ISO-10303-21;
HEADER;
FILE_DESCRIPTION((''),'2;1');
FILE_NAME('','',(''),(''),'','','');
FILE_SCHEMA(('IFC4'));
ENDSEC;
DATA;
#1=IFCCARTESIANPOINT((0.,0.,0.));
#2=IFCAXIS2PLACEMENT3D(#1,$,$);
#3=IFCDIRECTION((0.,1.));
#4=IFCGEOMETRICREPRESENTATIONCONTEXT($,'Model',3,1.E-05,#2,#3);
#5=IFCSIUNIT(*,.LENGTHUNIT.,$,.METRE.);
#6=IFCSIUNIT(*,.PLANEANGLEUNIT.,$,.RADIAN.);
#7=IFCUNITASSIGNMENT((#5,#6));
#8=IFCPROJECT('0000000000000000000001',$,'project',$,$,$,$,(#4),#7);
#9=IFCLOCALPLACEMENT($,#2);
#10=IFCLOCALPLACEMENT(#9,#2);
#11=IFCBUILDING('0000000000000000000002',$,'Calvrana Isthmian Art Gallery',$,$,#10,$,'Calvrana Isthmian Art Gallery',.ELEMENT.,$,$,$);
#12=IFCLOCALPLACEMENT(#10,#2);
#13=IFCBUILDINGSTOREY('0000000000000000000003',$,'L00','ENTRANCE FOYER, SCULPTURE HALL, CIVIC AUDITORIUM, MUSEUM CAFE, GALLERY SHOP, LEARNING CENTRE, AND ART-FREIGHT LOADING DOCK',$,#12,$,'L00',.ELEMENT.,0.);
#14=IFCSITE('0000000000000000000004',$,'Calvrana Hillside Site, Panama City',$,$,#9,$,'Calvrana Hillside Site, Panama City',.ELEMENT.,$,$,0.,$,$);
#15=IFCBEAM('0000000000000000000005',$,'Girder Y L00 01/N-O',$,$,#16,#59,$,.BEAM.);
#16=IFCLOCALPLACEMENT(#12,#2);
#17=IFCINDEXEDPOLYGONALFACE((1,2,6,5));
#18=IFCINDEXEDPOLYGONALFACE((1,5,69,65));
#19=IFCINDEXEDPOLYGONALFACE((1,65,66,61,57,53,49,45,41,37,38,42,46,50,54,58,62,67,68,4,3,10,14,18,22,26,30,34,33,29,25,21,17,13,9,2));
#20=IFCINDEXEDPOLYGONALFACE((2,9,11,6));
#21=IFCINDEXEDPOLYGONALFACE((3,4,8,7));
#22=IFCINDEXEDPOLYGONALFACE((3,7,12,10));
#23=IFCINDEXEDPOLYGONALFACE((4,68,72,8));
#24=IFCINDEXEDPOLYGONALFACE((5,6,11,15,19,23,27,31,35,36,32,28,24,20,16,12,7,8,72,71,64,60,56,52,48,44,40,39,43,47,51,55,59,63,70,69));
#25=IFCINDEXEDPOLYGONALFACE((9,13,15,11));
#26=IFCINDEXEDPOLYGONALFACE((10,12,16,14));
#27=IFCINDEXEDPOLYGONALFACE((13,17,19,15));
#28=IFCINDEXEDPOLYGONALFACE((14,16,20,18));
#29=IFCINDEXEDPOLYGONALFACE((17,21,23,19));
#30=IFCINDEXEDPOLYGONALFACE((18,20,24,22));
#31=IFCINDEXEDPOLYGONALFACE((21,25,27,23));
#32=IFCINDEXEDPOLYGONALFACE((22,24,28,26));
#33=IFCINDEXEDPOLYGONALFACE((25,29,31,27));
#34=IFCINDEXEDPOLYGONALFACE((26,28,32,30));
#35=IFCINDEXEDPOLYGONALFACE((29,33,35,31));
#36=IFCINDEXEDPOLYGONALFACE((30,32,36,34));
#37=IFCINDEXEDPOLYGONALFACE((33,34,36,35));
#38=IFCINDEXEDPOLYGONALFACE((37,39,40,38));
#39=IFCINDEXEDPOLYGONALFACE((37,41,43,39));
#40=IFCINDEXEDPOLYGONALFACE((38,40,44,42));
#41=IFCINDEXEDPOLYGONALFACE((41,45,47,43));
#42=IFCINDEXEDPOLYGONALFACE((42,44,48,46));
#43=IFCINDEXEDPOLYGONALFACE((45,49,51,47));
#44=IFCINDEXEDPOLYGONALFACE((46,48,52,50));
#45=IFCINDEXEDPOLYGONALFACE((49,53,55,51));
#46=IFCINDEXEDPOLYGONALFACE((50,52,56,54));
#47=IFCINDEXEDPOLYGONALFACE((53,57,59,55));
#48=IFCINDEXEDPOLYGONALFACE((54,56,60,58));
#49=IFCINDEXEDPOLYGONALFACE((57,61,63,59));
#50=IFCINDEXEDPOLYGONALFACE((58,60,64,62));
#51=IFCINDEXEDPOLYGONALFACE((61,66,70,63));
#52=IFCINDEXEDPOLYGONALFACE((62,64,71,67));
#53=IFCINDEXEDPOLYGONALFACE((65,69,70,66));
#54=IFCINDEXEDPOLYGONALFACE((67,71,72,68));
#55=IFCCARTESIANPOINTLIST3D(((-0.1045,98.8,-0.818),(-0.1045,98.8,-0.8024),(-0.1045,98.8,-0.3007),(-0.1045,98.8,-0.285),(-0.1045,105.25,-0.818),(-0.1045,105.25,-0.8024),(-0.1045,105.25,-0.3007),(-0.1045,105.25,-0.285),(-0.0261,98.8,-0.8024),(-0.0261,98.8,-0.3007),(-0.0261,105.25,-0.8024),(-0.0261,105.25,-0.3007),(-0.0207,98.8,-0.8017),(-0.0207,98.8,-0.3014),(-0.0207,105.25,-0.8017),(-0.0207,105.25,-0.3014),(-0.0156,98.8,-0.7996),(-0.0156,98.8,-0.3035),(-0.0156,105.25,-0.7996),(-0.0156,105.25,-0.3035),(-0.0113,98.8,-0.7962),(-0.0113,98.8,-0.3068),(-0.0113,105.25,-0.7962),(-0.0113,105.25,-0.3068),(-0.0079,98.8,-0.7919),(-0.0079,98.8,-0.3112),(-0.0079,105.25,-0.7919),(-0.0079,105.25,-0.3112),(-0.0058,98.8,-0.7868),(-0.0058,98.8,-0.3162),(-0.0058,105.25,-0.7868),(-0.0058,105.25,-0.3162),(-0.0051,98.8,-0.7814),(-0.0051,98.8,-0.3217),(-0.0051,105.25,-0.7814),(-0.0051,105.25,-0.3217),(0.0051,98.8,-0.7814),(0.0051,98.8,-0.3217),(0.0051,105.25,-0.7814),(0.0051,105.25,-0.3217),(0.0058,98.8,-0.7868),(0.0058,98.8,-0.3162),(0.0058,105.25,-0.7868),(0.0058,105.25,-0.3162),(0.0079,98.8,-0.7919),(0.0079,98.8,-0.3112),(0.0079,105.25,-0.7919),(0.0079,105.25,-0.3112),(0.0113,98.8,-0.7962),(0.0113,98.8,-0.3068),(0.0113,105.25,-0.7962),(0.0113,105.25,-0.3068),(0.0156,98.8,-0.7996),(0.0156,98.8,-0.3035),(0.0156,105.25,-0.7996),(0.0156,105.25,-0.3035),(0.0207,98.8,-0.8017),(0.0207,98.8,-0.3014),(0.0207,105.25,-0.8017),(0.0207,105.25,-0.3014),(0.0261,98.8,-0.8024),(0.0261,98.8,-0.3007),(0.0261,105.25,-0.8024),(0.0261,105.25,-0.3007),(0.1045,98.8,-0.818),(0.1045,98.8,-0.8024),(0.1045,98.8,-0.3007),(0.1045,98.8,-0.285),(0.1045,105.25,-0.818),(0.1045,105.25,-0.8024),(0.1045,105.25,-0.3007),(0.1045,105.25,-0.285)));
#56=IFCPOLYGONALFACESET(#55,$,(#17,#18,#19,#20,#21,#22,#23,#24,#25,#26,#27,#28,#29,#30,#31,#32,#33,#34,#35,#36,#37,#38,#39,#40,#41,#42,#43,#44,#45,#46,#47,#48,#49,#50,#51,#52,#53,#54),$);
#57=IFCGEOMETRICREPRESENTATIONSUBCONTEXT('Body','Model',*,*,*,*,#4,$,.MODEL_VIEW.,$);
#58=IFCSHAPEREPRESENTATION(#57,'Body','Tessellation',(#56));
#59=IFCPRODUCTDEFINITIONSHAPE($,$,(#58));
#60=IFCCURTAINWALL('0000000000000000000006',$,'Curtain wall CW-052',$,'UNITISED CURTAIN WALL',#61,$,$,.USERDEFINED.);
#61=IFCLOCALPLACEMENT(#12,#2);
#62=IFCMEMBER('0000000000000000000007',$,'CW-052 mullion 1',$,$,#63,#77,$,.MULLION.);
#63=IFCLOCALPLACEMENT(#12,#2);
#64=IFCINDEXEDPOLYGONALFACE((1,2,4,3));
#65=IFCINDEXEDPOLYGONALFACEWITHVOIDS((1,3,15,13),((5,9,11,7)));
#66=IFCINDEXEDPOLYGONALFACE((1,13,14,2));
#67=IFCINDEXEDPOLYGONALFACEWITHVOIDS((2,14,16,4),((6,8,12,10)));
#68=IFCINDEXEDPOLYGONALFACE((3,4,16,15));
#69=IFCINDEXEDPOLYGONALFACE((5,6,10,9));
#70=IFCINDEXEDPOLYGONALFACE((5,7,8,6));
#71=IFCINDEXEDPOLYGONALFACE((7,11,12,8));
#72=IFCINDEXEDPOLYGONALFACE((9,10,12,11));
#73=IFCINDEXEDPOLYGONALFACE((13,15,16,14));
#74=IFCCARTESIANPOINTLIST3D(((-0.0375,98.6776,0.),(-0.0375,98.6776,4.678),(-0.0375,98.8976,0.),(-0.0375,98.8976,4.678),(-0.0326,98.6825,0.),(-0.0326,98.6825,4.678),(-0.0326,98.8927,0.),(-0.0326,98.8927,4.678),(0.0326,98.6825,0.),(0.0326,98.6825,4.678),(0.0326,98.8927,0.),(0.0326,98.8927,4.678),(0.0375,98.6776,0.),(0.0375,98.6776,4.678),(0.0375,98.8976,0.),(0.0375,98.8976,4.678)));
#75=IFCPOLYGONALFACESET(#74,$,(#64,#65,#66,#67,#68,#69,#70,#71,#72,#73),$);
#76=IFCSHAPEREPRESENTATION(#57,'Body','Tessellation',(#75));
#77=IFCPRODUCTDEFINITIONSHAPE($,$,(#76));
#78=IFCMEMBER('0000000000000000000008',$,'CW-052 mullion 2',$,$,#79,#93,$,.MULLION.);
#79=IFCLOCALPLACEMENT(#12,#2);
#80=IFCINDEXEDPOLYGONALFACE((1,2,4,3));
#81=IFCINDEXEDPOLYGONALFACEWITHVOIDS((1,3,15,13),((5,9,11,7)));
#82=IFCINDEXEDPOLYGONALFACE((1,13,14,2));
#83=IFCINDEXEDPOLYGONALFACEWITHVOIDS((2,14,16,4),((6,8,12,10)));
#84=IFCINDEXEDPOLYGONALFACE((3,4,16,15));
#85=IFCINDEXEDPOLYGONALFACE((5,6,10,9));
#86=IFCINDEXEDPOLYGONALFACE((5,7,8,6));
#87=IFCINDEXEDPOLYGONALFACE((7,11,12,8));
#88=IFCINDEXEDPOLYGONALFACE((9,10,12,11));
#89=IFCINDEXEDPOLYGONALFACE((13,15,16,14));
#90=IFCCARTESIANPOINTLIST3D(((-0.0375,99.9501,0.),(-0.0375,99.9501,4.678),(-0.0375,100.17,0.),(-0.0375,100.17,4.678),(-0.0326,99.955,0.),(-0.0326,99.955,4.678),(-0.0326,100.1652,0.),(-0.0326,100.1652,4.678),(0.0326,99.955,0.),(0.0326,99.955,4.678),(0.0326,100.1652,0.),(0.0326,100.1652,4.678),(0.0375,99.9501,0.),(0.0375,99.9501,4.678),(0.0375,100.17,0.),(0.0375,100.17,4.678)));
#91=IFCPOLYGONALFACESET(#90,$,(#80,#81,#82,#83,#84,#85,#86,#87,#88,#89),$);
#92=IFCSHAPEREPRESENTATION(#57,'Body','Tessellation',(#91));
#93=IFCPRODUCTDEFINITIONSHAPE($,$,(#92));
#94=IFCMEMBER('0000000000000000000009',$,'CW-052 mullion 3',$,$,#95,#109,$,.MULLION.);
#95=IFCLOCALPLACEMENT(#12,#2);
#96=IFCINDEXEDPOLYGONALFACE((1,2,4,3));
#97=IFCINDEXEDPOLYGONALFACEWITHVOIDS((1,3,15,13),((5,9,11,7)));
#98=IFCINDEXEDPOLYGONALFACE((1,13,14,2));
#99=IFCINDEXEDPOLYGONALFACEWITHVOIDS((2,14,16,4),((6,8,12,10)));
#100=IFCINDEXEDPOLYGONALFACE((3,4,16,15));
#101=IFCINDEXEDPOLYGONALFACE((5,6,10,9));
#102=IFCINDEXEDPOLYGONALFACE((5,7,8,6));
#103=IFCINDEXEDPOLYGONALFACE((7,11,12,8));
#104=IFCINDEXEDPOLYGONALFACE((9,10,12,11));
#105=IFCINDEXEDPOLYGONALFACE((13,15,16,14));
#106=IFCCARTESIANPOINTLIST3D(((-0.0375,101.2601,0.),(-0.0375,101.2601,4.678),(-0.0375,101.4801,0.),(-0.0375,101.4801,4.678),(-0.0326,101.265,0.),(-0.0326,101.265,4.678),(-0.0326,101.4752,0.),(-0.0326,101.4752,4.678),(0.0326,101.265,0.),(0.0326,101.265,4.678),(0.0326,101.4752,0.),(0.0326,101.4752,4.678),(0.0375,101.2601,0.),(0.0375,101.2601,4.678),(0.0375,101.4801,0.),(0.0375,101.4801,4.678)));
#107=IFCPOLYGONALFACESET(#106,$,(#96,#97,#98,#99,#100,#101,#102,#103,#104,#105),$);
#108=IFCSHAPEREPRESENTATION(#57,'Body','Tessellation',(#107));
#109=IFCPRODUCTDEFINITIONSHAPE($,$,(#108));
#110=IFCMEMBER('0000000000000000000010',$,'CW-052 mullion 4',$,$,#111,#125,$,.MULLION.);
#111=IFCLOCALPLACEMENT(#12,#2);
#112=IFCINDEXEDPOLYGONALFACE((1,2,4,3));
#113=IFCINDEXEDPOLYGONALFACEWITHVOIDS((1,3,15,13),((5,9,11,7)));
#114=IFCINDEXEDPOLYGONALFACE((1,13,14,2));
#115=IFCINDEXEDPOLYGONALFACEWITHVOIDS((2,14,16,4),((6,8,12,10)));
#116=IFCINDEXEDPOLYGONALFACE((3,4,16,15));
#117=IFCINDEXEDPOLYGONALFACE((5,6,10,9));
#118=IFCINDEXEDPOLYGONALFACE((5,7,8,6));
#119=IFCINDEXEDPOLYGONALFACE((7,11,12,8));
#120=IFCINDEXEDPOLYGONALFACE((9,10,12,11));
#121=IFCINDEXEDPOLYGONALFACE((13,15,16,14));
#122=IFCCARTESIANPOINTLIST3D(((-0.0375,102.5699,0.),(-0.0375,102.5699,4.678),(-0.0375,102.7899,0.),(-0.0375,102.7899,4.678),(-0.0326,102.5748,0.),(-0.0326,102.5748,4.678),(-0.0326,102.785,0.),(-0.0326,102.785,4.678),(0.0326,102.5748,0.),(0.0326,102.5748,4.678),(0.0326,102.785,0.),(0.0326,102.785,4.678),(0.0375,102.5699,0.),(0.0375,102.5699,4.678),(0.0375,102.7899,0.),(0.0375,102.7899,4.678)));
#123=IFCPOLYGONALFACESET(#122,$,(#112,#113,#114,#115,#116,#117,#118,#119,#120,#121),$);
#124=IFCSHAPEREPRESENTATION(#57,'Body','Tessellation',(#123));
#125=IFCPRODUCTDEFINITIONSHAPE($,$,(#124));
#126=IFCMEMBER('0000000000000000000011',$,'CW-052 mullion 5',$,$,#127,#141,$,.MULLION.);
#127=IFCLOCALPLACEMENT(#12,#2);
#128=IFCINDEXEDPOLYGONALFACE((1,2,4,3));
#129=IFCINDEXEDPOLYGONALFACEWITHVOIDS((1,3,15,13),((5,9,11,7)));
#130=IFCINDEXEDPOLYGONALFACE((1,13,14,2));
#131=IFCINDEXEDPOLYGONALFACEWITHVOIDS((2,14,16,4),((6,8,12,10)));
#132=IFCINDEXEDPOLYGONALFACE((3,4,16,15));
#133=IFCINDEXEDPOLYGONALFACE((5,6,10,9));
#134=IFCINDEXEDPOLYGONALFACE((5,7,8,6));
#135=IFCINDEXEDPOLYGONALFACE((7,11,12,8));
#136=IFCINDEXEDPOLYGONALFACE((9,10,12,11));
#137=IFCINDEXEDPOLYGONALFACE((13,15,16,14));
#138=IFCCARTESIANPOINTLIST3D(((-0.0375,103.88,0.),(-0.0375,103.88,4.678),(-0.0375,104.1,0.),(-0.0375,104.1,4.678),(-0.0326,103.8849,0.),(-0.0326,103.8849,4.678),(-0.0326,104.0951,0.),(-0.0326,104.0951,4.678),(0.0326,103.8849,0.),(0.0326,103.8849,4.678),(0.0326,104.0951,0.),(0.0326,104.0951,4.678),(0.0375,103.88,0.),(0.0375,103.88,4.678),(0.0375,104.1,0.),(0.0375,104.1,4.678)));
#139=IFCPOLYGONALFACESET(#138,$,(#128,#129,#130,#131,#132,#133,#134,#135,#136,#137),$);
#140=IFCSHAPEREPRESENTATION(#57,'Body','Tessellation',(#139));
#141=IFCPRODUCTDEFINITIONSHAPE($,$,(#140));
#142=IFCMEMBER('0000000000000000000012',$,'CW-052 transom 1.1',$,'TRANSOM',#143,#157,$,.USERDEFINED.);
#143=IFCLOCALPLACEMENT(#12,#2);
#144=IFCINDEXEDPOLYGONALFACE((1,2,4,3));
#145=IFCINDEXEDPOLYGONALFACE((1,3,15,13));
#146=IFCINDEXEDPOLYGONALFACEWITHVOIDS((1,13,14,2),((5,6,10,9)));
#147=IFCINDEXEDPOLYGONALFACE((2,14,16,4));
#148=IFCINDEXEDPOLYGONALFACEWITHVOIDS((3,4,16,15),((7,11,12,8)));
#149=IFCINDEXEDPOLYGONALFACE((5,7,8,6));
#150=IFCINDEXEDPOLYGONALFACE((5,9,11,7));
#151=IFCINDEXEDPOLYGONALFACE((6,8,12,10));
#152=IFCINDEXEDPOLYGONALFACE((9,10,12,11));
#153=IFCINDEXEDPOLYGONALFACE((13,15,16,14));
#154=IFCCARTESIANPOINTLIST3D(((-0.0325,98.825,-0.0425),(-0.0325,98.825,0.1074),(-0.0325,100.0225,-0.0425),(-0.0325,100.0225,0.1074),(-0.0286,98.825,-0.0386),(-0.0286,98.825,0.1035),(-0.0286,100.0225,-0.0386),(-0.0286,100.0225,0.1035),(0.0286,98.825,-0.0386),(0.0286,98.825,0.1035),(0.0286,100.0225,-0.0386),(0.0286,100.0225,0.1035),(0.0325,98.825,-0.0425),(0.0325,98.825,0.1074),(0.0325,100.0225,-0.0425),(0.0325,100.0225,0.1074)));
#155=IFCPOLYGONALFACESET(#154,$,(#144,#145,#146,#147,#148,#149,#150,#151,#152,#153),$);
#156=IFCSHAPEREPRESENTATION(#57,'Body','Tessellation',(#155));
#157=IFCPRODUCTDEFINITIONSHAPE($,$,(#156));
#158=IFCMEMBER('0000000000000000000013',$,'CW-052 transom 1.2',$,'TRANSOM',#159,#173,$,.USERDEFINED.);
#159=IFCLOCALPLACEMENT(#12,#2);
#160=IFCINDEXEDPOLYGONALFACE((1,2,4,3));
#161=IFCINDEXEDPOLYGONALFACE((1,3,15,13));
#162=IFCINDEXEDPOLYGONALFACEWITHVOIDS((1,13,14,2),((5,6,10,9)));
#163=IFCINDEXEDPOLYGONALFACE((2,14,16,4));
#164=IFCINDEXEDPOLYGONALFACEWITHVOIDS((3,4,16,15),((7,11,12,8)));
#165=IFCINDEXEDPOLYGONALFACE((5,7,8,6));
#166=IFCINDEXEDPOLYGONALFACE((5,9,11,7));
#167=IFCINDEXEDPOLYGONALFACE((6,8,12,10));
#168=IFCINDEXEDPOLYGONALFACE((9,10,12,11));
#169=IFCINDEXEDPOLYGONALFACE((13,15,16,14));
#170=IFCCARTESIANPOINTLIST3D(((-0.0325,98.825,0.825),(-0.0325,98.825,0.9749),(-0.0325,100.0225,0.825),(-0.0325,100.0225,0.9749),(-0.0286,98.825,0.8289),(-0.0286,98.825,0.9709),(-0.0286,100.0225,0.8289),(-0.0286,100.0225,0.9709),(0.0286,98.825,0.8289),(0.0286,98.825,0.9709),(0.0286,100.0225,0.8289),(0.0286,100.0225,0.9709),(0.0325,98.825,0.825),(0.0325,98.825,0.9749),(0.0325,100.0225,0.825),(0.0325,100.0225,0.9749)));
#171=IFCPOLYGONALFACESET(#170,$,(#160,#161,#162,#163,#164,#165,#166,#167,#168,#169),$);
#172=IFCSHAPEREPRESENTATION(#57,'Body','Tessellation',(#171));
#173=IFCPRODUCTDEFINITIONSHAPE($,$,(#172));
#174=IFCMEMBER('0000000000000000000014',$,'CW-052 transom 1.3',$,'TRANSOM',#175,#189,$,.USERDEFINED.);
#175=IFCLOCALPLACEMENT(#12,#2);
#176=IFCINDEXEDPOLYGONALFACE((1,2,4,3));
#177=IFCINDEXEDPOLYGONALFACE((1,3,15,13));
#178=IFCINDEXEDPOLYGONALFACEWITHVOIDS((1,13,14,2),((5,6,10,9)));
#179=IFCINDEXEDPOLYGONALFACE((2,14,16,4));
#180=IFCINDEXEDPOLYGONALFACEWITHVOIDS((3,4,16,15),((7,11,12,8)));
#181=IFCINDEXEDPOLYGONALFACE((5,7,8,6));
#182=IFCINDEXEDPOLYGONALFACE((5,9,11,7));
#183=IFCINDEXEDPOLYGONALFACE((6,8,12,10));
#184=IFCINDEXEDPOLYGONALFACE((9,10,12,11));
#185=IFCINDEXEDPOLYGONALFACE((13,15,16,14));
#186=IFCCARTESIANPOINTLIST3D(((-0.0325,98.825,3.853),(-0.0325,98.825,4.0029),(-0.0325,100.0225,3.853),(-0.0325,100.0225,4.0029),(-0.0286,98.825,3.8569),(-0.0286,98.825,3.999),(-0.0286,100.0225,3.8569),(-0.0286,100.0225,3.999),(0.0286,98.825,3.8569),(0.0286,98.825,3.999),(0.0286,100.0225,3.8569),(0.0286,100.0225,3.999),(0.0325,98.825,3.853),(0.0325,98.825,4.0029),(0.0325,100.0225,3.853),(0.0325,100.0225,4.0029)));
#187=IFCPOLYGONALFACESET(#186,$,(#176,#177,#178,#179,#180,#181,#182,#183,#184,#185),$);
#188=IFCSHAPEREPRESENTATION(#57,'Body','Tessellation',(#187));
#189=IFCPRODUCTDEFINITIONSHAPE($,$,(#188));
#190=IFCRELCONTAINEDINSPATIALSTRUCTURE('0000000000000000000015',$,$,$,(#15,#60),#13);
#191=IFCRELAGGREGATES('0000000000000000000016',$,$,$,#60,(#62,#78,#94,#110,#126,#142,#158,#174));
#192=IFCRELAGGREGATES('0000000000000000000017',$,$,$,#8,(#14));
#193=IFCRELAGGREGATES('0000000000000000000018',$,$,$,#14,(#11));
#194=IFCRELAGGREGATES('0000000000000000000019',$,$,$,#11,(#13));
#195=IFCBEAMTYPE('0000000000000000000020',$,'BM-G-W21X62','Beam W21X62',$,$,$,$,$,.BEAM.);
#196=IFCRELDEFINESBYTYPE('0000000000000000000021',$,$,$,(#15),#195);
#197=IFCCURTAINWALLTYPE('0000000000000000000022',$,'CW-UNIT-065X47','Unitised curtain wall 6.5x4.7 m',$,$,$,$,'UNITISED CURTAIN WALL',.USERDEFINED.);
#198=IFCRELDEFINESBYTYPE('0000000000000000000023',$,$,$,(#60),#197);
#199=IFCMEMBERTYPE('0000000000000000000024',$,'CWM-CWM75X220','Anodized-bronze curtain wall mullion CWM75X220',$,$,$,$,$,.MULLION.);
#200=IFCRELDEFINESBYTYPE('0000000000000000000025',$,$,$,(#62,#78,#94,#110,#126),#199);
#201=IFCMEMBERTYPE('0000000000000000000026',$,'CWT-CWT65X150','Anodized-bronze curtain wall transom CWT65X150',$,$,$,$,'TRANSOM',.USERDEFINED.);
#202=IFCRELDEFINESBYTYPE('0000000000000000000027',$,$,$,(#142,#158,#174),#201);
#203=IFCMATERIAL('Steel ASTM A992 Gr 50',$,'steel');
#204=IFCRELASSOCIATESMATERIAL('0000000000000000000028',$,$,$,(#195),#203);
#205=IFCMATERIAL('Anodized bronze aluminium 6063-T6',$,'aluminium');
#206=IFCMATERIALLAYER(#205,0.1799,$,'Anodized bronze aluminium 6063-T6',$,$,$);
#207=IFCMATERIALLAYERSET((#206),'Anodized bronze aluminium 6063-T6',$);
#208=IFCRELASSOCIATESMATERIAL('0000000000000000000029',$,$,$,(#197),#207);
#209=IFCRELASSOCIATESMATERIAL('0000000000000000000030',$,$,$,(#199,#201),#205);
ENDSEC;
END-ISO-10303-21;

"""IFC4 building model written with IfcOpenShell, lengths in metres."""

from ifc_helpers import new_model, si_unit, direction, frame, origin, origin_2d, place, context, subcontext, project, spatial, hollow_rectangle, i_section, extrude, material, layer, layer_set, material_profile, profile_set, type_object, element, aggregate, save


model = new_model("IFC4")

# Units and contexts
model_context = context("Model", 3, precision=1e-05, world=origin(), true_north=direction((0.0, 1.0)))
body_context = subcontext(model_context, "Body", "Model", "MODEL_VIEW")
ifc_project = project(units=[si_unit("LENGTHUNIT", "METRE"), si_unit("PLANEANGLEUNIT", "RADIAN")], contexts=[model_context])

# Site, building, storey
site_placement = place(None, origin())
site = spatial("IfcSite", under=ifc_project, at=site_placement, Name="Calvrana Hillside Site, Panama City", LongName="Calvrana Hillside Site, Panama City", CompositionType="ELEMENT", RefElevation=0.0)
building_placement = place(site_placement, origin())
building = spatial("IfcBuilding", under=site, at=building_placement, Name="Calvrana Isthmian Art Gallery", LongName="Calvrana Isthmian Art Gallery", CompositionType="ELEMENT")
storey_placement = place(building_placement, origin())
storey = spatial("IfcBuildingStorey", under=building, at=storey_placement, Name="L00", Description="ENTRANCE FOYER, SCULPTURE HALL, CIVIC AUDITORIUM, MUSEUM CAFE, GALLERY SHOP, LEARNING CENTRE, AND ART-FREIGHT LOADING DOCK", LongName="L00", CompositionType="ELEMENT", Elevation=0.0)

# Beam
ifc_material_1 = material(Name="Steel ASTM A992 Gr 50", Category="steel")
ifc_material_profile_1 = material_profile(ifc_material_1, i_section(OverallWidth=0.209, OverallDepth=0.533, WebThickness=0.0103, FlangeThickness=0.0156, FilletRadius=0.021, at=origin_2d()), Name="W21X62")
ifc_profile_set_1 = profile_set([ifc_material_profile_1], Name="Steel ASTM A992 Gr 50")
beam_type = type_object("IfcBeamType", Name="BM-G-W21X62", Description="Beam W21X62", PredefinedType="BEAM", material=ifc_profile_set_1)
beam_placement = place(storey_placement, frame((0.0, 98.8, -0.5515), z_axis=(0.0, 1.0, 0.0), x_axis=(-1.0, 0.0, 0.0)))
element("IfcBeam", 1, at=beam_placement, inside=storey, type_object=beam_type, Name="Girder Y L00 01/N-O", PredefinedType="BEAM", context=body_context, shape_type="SweptSolid", body=[
    extrude(i_section(OverallWidth=0.209, OverallDepth=0.533, WebThickness=0.0103, FlangeThickness=0.0156, FilletRadius=0.021, at=origin_2d()), origin(), (0.0, 0.0, 1.0), 6.45),
])

# Curtain wall, members
ifc_material_2 = material(Name="Anodized bronze aluminium 6063-T6", Category="aluminium")
ifc_layer_1 = layer(ifc_material_2, 0.1799, Name="Anodized bronze aluminium 6063-T6")
ifc_layer_set_1 = layer_set([ifc_layer_1], Name="Anodized bronze aluminium 6063-T6")
curtain_wall_type = type_object("IfcCurtainWallType", Name="CW-UNIT-065X47", Description="Unitised curtain wall 6.5x4.7 m", ElementType="UNITISED CURTAIN WALL", PredefinedType="USERDEFINED", material=ifc_layer_set_1)
curtain_wall_placement = place(storey_placement, origin())
curtain_wall = element("IfcCurtainWall", 2, at=curtain_wall_placement, inside=storey, type_object=curtain_wall_type, Name="Curtain wall CW-052", ObjectType="UNITISED CURTAIN WALL", PredefinedType="USERDEFINED")
ifc_material_profile_2 = material_profile(ifc_material_2, hollow_rectangle(XDim=0.075, YDim=0.22, WallThickness=0.0049, at=origin_2d()), Name="CWM75X220")
ifc_profile_set_2 = profile_set([ifc_material_profile_2], Name="Anodized bronze aluminium 6063-T6")
member_type_1 = type_object("IfcMemberType", Name="CWM-CWM75X220", Description="Anodized-bronze curtain wall mullion CWM75X220", PredefinedType="MULLION", material=ifc_profile_set_2)
member_1_placement = place(storey_placement, frame((0.0, 98.7876, 0.0), z_axis=(0.0, 0.0, 1.0), x_axis=(-1.0, 0.0, 0.0)))
member_1 = element("IfcMember", 3, at=member_1_placement, type_object=member_type_1, Name="CW-052 mullion 1", PredefinedType="MULLION", context=body_context, shape_type="SweptSolid", body=[
    extrude(hollow_rectangle(XDim=0.075, YDim=0.22, WallThickness=0.0049, at=origin_2d()), origin(), (0.0, 0.0, 1.0), 4.678),
])
member_2_placement = place(storey_placement, frame((0.0, 100.0601, 0.0), z_axis=(0.0, 0.0, 1.0), x_axis=(-1.0, 0.0, 0.0)))
member_2 = element("IfcMember", 4, at=member_2_placement, type_object=member_type_1, Name="CW-052 mullion 2", PredefinedType="MULLION", context=body_context, shape_type="SweptSolid", body=[
    extrude(hollow_rectangle(XDim=0.075, YDim=0.22, WallThickness=0.0049, at=origin_2d()), origin(), (0.0, 0.0, 1.0), 4.678),
])
member_3_placement = place(storey_placement, frame((0.0, 101.3701, 0.0), z_axis=(0.0, 0.0, 1.0), x_axis=(-1.0, 0.0, 0.0)))
member_3 = element("IfcMember", 5, at=member_3_placement, type_object=member_type_1, Name="CW-052 mullion 3", PredefinedType="MULLION", context=body_context, shape_type="SweptSolid", body=[
    extrude(hollow_rectangle(XDim=0.075, YDim=0.22, WallThickness=0.0049, at=origin_2d()), origin(), (0.0, 0.0, 1.0), 4.678),
])
member_4_placement = place(storey_placement, frame((0.0, 102.6799, 0.0), z_axis=(0.0, 0.0, 1.0), x_axis=(-1.0, 0.0, 0.0)))
member_4 = element("IfcMember", 6, at=member_4_placement, type_object=member_type_1, Name="CW-052 mullion 4", PredefinedType="MULLION", context=body_context, shape_type="SweptSolid", body=[
    extrude(hollow_rectangle(XDim=0.075, YDim=0.22, WallThickness=0.0049, at=origin_2d()), origin(), (0.0, 0.0, 1.0), 4.678),
])
member_5_placement = place(storey_placement, frame((0.0, 103.99, 0.0), z_axis=(0.0, 0.0, 1.0), x_axis=(-1.0, 0.0, 0.0)))
member_5 = element("IfcMember", 7, at=member_5_placement, type_object=member_type_1, Name="CW-052 mullion 5", PredefinedType="MULLION", context=body_context, shape_type="SweptSolid", body=[
    extrude(hollow_rectangle(XDim=0.075, YDim=0.22, WallThickness=0.0049, at=origin_2d()), origin(), (0.0, 0.0, 1.0), 4.678),
])
ifc_material_profile_3 = material_profile(ifc_material_2, hollow_rectangle(XDim=0.0649, YDim=0.1499, WallThickness=0.0039, at=origin_2d()), Name="CWT65X150")
ifc_profile_set_3 = profile_set([ifc_material_profile_3], Name="Anodized bronze aluminium 6063-T6")
member_type_2 = type_object("IfcMemberType", Name="CWT-CWT65X150", Description="Anodized-bronze curtain wall transom CWT65X150", ElementType="TRANSOM", PredefinedType="USERDEFINED", material=ifc_profile_set_3)
member_6_placement = place(storey_placement, frame((0.0, 98.825, 0.0325), z_axis=(0.0, 1.0, 0.0), x_axis=(-1.0, 0.0, 0.0)))
member_6 = element("IfcMember", 8, at=member_6_placement, type_object=member_type_2, Name="CW-052 transom 1.1", ObjectType="TRANSOM", PredefinedType="USERDEFINED", context=body_context, shape_type="SweptSolid", body=[
    extrude(hollow_rectangle(XDim=0.0649, YDim=0.1499, WallThickness=0.0039, at=origin_2d()), origin(), (0.0, 0.0, 1.0), 1.1975),
])
member_7_placement = place(storey_placement, frame((0.0, 98.825, 0.8999), z_axis=(0.0, 1.0, 0.0), x_axis=(-1.0, 0.0, 0.0)))
member_7 = element("IfcMember", 9, at=member_7_placement, type_object=member_type_2, Name="CW-052 transom 1.2", ObjectType="TRANSOM", PredefinedType="USERDEFINED", context=body_context, shape_type="SweptSolid", body=[
    extrude(hollow_rectangle(XDim=0.0649, YDim=0.1499, WallThickness=0.0039, at=origin_2d()), origin(), (0.0, 0.0, 1.0), 1.1975),
])
member_8_placement = place(storey_placement, frame((0.0, 98.825, 3.928), z_axis=(0.0, 1.0, 0.0), x_axis=(-1.0, 0.0, 0.0)))
member_8 = element("IfcMember", 10, at=member_8_placement, type_object=member_type_2, Name="CW-052 transom 1.3", ObjectType="TRANSOM", PredefinedType="USERDEFINED", context=body_context, shape_type="SweptSolid", body=[
    extrude(hollow_rectangle(XDim=0.0649, YDim=0.1499, WallThickness=0.0039, at=origin_2d()), origin(), (0.0, 0.0, 1.0), 1.1975),
])
aggregate(curtain_wall, [member_1, member_2, member_3, member_4, member_5, member_6, member_7, member_8])

save(model, "model.ifc")
